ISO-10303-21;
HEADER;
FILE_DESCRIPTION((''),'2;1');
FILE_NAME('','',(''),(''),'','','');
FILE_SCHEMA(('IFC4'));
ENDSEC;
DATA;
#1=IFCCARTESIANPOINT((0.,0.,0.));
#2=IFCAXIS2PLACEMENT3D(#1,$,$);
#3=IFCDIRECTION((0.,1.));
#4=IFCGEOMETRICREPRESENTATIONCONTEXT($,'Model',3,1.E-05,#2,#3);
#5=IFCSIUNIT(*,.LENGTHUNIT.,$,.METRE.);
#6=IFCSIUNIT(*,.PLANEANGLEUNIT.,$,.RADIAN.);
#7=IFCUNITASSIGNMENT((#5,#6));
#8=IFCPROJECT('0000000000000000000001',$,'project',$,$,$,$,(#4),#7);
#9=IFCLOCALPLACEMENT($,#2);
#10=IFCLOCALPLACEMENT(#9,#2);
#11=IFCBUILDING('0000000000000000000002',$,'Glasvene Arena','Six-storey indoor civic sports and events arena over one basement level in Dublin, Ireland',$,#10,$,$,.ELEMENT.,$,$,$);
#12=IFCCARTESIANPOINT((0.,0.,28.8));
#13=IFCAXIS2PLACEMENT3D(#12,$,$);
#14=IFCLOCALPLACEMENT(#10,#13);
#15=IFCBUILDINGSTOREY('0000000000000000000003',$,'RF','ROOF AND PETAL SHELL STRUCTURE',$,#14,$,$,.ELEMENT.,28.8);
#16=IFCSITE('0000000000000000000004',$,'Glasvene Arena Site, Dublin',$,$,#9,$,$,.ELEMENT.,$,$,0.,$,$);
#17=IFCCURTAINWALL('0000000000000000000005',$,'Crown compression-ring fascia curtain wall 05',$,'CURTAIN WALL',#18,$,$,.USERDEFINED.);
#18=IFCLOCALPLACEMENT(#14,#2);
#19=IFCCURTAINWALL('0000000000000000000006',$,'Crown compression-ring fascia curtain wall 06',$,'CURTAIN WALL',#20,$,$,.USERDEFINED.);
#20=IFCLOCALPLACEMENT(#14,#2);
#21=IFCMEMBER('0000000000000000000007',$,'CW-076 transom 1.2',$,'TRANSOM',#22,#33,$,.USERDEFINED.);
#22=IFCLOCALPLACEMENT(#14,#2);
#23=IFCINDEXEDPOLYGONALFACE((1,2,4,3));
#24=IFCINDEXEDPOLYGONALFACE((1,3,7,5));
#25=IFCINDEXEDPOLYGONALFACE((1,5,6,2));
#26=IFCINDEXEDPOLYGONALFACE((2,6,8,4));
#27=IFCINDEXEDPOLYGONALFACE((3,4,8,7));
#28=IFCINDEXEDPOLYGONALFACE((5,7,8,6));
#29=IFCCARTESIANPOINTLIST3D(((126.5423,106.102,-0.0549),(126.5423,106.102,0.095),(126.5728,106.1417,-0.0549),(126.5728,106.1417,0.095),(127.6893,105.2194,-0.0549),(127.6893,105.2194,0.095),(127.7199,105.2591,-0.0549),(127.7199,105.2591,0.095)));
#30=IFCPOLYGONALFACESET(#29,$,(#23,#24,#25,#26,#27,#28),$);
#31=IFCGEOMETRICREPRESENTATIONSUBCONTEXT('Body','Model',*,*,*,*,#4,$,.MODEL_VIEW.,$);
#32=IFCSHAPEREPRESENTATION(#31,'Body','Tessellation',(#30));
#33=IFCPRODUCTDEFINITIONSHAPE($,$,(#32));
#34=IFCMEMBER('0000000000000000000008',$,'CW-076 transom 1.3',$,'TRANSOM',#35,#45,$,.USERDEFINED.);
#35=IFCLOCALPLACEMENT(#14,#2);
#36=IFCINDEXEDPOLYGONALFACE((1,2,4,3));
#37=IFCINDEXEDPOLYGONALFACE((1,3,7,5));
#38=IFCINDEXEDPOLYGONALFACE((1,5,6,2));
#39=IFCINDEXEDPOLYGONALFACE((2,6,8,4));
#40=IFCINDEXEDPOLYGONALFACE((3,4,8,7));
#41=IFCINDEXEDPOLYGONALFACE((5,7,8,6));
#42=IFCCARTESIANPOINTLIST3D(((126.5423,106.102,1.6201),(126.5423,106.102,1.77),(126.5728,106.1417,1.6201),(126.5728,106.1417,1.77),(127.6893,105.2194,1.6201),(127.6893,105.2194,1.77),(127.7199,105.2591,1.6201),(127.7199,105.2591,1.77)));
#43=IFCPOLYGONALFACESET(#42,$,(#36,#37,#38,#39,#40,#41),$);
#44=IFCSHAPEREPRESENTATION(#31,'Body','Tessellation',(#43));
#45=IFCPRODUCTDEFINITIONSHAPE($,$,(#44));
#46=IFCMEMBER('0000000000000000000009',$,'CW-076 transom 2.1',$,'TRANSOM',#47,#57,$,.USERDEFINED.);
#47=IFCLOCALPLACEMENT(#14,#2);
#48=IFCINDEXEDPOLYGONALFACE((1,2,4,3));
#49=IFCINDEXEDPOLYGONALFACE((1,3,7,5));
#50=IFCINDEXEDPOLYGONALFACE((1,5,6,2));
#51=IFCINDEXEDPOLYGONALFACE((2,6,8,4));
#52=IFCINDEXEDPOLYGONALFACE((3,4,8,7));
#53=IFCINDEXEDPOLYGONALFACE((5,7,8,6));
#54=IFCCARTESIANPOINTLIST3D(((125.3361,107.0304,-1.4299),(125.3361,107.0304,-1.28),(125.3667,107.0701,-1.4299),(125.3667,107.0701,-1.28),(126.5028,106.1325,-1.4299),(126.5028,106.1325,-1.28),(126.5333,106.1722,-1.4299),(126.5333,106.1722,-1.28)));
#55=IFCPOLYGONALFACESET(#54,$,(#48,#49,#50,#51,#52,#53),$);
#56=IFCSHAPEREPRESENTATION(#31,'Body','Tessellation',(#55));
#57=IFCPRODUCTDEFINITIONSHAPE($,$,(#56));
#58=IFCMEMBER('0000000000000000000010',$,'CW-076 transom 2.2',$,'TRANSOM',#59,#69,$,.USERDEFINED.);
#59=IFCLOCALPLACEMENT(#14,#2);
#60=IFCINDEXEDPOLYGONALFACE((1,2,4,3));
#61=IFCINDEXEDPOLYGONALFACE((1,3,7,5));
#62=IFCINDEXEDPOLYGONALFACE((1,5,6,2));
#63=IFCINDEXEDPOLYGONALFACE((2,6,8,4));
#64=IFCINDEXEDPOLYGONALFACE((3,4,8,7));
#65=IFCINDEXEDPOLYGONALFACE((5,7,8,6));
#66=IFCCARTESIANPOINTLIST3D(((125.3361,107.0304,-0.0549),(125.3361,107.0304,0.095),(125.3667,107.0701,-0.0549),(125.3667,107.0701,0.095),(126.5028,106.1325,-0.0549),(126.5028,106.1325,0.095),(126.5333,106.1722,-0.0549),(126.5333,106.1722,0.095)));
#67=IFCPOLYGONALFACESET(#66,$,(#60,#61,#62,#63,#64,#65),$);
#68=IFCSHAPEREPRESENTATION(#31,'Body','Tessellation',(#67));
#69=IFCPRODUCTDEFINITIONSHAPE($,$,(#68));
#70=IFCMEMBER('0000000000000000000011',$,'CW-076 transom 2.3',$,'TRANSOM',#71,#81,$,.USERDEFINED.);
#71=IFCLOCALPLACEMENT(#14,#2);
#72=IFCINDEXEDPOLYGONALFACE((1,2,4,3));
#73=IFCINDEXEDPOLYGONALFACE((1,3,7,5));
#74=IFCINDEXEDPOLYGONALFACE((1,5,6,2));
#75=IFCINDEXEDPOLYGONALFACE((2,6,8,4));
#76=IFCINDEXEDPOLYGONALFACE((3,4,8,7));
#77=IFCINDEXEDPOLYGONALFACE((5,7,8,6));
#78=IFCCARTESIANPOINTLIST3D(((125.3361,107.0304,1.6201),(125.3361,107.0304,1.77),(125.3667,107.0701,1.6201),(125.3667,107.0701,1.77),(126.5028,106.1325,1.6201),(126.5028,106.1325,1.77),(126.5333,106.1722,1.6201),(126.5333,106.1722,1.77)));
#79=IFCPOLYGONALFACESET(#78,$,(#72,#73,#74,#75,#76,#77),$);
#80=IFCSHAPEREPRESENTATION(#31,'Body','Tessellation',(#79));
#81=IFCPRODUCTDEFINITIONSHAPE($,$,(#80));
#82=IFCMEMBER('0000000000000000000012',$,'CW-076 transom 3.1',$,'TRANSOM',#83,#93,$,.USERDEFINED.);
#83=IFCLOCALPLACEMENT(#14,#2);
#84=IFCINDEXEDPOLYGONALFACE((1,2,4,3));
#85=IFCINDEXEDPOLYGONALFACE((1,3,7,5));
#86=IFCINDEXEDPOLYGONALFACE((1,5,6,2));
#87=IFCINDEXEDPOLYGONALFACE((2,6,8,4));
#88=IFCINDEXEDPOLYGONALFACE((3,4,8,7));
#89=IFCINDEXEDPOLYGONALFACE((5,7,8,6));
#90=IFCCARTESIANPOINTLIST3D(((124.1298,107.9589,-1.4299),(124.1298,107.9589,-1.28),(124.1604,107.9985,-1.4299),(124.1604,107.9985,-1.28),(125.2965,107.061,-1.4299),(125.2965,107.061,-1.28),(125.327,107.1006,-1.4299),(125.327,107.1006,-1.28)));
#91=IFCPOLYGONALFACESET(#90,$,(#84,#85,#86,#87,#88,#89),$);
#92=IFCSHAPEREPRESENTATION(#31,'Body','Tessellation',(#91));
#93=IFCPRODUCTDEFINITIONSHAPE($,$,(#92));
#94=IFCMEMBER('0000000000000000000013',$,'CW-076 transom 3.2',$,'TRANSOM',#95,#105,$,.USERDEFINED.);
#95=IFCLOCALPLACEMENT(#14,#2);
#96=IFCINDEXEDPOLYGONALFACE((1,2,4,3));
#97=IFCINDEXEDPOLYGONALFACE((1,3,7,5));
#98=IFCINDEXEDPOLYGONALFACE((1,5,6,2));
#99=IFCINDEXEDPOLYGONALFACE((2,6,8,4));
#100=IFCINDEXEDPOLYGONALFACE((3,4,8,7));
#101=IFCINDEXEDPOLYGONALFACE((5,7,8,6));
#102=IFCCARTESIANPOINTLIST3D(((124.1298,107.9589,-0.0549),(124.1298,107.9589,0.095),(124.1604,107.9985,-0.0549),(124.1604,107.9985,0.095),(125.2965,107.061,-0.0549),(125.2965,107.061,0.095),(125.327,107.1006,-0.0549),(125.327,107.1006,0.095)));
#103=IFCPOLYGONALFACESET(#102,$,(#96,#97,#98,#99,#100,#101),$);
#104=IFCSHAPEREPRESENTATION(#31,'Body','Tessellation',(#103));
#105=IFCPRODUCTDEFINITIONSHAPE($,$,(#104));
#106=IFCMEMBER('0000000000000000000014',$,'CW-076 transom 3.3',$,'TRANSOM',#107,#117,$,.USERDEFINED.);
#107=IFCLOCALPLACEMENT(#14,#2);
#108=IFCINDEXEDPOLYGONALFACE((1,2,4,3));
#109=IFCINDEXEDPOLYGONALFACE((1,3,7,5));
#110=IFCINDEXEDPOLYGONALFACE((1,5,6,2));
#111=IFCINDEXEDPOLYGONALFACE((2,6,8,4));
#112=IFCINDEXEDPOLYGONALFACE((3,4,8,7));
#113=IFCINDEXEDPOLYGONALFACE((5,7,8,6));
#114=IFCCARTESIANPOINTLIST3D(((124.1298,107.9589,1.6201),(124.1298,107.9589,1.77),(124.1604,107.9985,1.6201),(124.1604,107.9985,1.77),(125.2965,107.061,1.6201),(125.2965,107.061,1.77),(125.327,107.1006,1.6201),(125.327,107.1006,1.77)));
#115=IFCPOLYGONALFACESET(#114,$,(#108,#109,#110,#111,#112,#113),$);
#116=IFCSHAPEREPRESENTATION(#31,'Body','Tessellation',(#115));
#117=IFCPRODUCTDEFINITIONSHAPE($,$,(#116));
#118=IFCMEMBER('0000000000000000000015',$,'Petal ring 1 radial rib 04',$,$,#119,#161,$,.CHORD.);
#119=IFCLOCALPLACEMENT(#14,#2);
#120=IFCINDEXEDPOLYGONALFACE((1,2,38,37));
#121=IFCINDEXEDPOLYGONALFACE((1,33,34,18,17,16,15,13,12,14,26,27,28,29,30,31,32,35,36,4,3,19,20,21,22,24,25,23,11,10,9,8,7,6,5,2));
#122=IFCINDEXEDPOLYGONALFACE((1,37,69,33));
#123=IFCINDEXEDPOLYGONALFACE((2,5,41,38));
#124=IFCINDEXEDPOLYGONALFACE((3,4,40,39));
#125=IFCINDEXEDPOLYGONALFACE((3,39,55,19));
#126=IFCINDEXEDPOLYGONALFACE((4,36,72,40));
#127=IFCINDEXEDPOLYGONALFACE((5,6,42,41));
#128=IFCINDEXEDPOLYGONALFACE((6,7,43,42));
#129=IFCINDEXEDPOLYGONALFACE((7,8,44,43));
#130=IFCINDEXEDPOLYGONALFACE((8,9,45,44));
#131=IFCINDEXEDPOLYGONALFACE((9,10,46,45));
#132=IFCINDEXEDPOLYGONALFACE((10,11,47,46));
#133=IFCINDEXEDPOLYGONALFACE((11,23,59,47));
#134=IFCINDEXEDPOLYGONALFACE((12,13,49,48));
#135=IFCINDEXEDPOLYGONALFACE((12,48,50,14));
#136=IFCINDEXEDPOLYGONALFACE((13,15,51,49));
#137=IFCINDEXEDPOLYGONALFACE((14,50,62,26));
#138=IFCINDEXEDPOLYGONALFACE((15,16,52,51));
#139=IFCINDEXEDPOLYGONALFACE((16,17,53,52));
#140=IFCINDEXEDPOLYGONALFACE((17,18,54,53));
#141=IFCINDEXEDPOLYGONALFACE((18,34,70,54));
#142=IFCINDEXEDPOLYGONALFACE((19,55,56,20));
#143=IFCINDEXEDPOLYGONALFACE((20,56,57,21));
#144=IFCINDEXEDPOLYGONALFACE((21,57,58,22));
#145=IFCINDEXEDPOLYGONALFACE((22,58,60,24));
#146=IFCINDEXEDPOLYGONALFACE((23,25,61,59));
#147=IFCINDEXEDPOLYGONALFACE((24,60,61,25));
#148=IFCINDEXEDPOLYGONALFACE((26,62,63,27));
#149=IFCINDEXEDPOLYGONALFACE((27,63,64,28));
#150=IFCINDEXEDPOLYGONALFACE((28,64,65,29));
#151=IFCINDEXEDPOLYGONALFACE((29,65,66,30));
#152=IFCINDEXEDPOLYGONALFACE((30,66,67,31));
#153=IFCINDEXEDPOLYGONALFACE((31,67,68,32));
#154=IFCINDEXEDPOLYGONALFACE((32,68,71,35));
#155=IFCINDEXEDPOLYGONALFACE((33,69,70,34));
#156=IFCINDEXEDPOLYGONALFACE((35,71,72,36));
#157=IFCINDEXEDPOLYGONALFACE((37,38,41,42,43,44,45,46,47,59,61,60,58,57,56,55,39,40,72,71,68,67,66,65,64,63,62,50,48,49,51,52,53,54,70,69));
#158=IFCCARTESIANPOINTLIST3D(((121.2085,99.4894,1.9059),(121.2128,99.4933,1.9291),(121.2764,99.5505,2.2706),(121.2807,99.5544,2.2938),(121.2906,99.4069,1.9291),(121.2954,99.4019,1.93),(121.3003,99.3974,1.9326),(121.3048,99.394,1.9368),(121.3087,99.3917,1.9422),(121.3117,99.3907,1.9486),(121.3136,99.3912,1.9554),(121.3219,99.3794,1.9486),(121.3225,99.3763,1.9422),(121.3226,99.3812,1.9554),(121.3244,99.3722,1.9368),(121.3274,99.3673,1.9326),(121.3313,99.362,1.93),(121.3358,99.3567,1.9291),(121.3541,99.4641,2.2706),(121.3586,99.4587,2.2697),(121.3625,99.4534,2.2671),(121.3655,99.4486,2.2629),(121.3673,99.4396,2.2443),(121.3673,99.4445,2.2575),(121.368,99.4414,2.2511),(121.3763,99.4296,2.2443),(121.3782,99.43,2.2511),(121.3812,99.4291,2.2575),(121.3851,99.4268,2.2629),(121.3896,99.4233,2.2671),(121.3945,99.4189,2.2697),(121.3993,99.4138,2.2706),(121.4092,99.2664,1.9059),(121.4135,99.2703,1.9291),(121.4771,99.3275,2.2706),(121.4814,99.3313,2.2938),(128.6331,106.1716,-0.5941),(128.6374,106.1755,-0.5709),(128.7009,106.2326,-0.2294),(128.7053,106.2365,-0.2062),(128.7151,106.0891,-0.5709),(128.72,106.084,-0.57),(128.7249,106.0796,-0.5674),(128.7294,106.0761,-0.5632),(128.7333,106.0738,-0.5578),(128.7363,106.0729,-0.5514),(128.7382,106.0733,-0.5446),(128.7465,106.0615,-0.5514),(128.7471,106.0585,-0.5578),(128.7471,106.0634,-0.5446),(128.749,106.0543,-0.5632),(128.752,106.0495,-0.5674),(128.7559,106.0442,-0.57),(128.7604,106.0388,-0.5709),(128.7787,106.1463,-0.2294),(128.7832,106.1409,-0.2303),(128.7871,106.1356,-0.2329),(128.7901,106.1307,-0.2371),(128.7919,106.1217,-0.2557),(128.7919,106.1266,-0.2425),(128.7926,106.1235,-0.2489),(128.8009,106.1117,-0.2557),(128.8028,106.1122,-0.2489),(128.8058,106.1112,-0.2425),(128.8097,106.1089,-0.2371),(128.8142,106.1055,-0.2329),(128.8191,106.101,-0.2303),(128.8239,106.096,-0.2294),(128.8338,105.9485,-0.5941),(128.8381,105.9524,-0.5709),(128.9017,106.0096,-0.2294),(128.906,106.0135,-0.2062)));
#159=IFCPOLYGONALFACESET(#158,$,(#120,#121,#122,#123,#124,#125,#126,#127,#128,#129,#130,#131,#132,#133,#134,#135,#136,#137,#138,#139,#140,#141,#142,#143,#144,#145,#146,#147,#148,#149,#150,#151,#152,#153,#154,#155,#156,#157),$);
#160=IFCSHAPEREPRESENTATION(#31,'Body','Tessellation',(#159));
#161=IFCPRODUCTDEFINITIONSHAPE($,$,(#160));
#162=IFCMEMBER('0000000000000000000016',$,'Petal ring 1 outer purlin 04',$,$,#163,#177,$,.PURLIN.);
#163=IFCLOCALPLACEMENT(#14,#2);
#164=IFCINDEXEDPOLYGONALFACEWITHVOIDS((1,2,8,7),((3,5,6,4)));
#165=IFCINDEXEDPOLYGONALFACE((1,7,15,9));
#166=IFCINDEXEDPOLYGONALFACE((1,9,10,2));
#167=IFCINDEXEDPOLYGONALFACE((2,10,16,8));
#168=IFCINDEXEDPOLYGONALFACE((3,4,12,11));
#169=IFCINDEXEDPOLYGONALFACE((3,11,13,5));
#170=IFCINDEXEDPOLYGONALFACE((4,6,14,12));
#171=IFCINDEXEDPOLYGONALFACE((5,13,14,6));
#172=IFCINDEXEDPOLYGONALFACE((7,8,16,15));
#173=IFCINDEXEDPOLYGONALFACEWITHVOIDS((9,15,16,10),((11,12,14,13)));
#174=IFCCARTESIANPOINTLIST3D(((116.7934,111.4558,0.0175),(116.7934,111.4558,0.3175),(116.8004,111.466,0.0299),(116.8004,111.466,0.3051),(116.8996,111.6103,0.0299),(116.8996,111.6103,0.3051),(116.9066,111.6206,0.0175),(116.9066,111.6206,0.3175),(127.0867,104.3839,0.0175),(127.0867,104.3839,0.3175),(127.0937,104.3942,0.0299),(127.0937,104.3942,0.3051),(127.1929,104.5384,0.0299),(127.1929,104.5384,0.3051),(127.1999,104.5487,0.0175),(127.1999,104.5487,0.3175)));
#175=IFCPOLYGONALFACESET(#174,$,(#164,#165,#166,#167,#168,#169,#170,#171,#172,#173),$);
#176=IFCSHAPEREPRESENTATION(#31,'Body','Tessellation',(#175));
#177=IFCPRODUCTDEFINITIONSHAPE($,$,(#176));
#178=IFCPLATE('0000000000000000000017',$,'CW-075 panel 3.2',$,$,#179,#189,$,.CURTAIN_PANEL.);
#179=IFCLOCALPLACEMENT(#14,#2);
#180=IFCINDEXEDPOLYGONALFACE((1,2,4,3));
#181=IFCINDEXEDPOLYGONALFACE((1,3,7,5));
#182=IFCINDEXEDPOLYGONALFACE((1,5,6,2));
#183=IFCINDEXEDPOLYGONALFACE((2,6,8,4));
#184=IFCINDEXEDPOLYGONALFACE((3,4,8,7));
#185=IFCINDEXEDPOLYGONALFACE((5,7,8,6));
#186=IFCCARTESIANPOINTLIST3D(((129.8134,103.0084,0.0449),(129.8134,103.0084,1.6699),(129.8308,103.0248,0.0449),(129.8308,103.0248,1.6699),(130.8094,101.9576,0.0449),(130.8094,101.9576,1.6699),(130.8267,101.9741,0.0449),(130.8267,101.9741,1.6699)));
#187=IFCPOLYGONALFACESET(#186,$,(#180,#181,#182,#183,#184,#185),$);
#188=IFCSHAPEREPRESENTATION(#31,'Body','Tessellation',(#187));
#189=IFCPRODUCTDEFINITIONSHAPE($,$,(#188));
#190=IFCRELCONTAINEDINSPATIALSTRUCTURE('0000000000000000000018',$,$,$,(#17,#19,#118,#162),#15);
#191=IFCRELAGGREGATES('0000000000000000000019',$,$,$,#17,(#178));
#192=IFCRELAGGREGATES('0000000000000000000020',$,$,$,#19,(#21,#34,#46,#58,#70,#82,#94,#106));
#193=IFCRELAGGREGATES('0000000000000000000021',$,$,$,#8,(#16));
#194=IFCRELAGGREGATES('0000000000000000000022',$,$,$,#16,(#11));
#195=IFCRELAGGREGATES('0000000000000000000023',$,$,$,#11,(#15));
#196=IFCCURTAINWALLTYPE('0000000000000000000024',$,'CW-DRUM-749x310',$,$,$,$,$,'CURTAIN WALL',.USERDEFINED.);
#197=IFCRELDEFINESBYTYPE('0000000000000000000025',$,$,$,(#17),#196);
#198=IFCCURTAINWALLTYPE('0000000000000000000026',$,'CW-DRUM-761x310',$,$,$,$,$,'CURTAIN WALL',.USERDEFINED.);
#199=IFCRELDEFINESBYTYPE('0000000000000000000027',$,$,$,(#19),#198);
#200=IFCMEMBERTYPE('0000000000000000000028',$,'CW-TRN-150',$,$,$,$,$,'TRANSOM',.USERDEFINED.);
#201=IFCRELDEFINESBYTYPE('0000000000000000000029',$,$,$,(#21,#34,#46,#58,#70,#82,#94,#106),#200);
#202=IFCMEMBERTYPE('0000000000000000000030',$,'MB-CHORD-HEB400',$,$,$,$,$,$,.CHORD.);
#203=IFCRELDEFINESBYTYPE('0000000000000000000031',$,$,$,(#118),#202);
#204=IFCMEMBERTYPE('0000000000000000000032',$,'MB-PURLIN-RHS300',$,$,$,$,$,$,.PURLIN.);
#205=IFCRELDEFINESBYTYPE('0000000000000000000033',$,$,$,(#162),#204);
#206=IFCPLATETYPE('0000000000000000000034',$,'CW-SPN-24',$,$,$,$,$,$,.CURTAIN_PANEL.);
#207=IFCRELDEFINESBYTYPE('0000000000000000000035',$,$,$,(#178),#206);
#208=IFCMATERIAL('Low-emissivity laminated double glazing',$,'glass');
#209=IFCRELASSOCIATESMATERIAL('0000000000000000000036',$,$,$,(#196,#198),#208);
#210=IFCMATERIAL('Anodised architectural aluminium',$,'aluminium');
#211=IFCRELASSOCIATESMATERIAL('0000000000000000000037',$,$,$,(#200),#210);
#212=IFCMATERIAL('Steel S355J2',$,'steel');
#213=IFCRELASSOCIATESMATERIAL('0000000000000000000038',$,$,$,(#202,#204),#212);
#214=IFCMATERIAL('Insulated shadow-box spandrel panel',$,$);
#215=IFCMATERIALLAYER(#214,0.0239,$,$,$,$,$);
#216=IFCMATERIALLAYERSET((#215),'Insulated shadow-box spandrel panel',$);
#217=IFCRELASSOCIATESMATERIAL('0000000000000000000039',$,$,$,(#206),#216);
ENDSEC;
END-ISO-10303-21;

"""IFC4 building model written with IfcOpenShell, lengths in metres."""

from ifc_helpers import new_model, si_unit, direction, frame, origin, origin_2d, place, context, subcontext, project, spatial, rectangle, hollow_rectangle, i_section, extrude, material, layer, layer_set, material_profile, profile_set, type_object, element, aggregate, save


model = new_model("IFC4")

# Units and contexts
model_context = context("Model", 3, precision=1e-05, world=origin(), true_north=direction((0.0, 1.0)))
body_context = subcontext(model_context, "Body", "Model", "MODEL_VIEW")
ifc_project = project(units=[si_unit("LENGTHUNIT", "METRE"), si_unit("PLANEANGLEUNIT", "RADIAN")], contexts=[model_context])

# Site, building, storey
site_placement = place(None, origin())
site = spatial("IfcSite", under=ifc_project, at=site_placement, Name="Glasvene Arena Site, Dublin", CompositionType="ELEMENT", RefElevation=0.0)
building_placement = place(site_placement, origin())
building = spatial("IfcBuilding", under=site, at=building_placement, Name="Glasvene Arena", Description="Six-storey indoor civic sports and events arena over one basement level in Dublin, Ireland", CompositionType="ELEMENT")
storey_placement = place(building_placement, frame((0.0, 0.0, 28.8)))
storey = spatial("IfcBuildingStorey", under=building, at=storey_placement, Name="RF", Description="ROOF AND PETAL SHELL STRUCTURE", CompositionType="ELEMENT", Elevation=28.8)

# Shared definitions
ifc_material_1 = material(Name="Steel S355J2", Category="steel")

# Curtain walls
ifc_material_2 = material(Name="Low-emissivity laminated double glazing", Category="glass")
curtain_wall_type_1 = type_object("IfcCurtainWallType", Name="CW-DRUM-749x310", ElementType="CURTAIN WALL", PredefinedType="USERDEFINED", material=ifc_material_2)
curtain_wall_1_placement = place(storey_placement, frame((132.8958, 99.7737, 0.0)))
curtain_wall_1 = element("IfcCurtainWall", 1, at=curtain_wall_1_placement, inside=storey, type_object=curtain_wall_type_1, Name="Crown compression-ring fascia curtain wall 05", ObjectType="CURTAIN WALL", PredefinedType="USERDEFINED")
ifc_material_3 = material(Name="Anodised architectural aluminium", Category="aluminium")
curtain_wall_type_2 = type_object("IfcCurtainWallType", Name="CW-DRUM-761x310", ElementType="CURTAIN WALL", PredefinedType="USERDEFINED", material=ifc_material_2)
curtain_wall_2_placement = place(storey_placement, frame((127.7441, 105.2087, 0.0)))
curtain_wall_2 = element("IfcCurtainWall", 2, at=curtain_wall_2_placement, inside=storey, type_object=curtain_wall_type_2, Name="Crown compression-ring fascia curtain wall 06", ObjectType="CURTAIN WALL", PredefinedType="USERDEFINED")

# Members
ifc_material_profile_1 = material_profile(ifc_material_3, rectangle(XDim=0.05, YDim=0.1499, at=origin_2d()), Name="ALU TRANSOM 50x150")
ifc_profile_set_1 = profile_set([ifc_material_profile_1], Name="Anodised architectural aluminium")
member_type_1 = type_object("IfcMemberType", Name="CW-TRN-150", ElementType="TRANSOM", PredefinedType="USERDEFINED", material=ifc_profile_set_1)
member_1_placement = place(storey_placement, frame((127.7046, 105.2393, 0.02), z_axis=(-0.79253, 0.609833, 0.0), x_axis=(-0.609833, -0.79253, 0.0)))
member_1 = element("IfcMember", 3, at=member_1_placement, type_object=member_type_1, Name="CW-076 transom 1.2", ObjectType="TRANSOM", PredefinedType="USERDEFINED", context=body_context, shape_type="SweptSolid", body=[
    extrude(rectangle(XDim=0.05, YDim=0.1499, at=origin_2d()), origin(), (0.0, 0.0, 1.0), 1.4473),
])
member_2_placement = place(storey_placement, frame((127.7046, 105.2393, 1.6951), z_axis=(-0.79253, 0.609833, 0.0), x_axis=(-0.609833, -0.79253, 0.0)))
member_2 = element("IfcMember", 4, at=member_2_placement, type_object=member_type_1, Name="CW-076 transom 1.3", ObjectType="TRANSOM", PredefinedType="USERDEFINED", context=body_context, shape_type="SweptSolid", body=[
    extrude(rectangle(XDim=0.05, YDim=0.1499, at=origin_2d()), origin(), (0.0, 0.0, 1.0), 1.4473),
])
member_3_placement = place(storey_placement, frame((126.5181, 106.1523, -1.355), z_axis=(-0.792476, 0.609903, 0.0), x_axis=(-0.609903, -0.792476, 0.0)))
member_3 = element("IfcMember", 5, at=member_3_placement, type_object=member_type_1, Name="CW-076 transom 2.1", ObjectType="TRANSOM", PredefinedType="USERDEFINED", context=body_context, shape_type="SweptSolid", body=[
    extrude(rectangle(XDim=0.05, YDim=0.1499, at=origin_2d()), origin(), (0.0, 0.0, 1.0), 1.4722),
])
member_4_placement = place(storey_placement, frame((126.5181, 106.1523, 0.02), z_axis=(-0.792476, 0.609903, 0.0), x_axis=(-0.609903, -0.792476, 0.0)))
member_4 = element("IfcMember", 6, at=member_4_placement, type_object=member_type_1, Name="CW-076 transom 2.2", ObjectType="TRANSOM", PredefinedType="USERDEFINED", context=body_context, shape_type="SweptSolid", body=[
    extrude(rectangle(XDim=0.05, YDim=0.1499, at=origin_2d()), origin(), (0.0, 0.0, 1.0), 1.4722),
])
member_5_placement = place(storey_placement, frame((126.5181, 106.1523, 1.6951), z_axis=(-0.792476, 0.609903, 0.0), x_axis=(-0.609903, -0.792476, 0.0)))
member_5 = element("IfcMember", 7, at=member_5_placement, type_object=member_type_1, Name="CW-076 transom 2.3", ObjectType="TRANSOM", PredefinedType="USERDEFINED", context=body_context, shape_type="SweptSolid", body=[
    extrude(rectangle(XDim=0.05, YDim=0.1499, at=origin_2d()), origin(), (0.0, 0.0, 1.0), 1.4722),
])
member_6_placement = place(storey_placement, frame((125.3118, 107.0808, -1.355), z_axis=(-0.792476, 0.609903, 0.0), x_axis=(-0.609903, -0.792476, 0.0)))
member_6 = element("IfcMember", 8, at=member_6_placement, type_object=member_type_1, Name="CW-076 transom 3.1", ObjectType="TRANSOM", PredefinedType="USERDEFINED", context=body_context, shape_type="SweptSolid", body=[
    extrude(rectangle(XDim=0.05, YDim=0.1499, at=origin_2d()), origin(), (0.0, 0.0, 1.0), 1.4722),
])
member_7_placement = place(storey_placement, frame((125.3118, 107.0808, 0.02), z_axis=(-0.792476, 0.609903, 0.0), x_axis=(-0.609903, -0.792476, 0.0)))
member_7 = element("IfcMember", 9, at=member_7_placement, type_object=member_type_1, Name="CW-076 transom 3.2", ObjectType="TRANSOM", PredefinedType="USERDEFINED", context=body_context, shape_type="SweptSolid", body=[
    extrude(rectangle(XDim=0.05, YDim=0.1499, at=origin_2d()), origin(), (0.0, 0.0, 1.0), 1.4722),
])
member_8_placement = place(storey_placement, frame((125.3118, 107.0808, 1.6951), z_axis=(-0.792476, 0.609903, 0.0), x_axis=(-0.609903, -0.792476, 0.0)))
member_8 = element("IfcMember", 10, at=member_8_placement, type_object=member_type_1, Name="CW-076 transom 3.3", ObjectType="TRANSOM", PredefinedType="USERDEFINED", context=body_context, shape_type="SweptSolid", body=[
    extrude(rectangle(XDim=0.05, YDim=0.1499, at=origin_2d()), origin(), (0.0, 0.0, 1.0), 1.4722),
])

# Members
ifc_material_profile_2 = material_profile(ifc_material_1, i_section(OverallWidth=0.3, OverallDepth=0.3999, WebThickness=0.0134, FlangeThickness=0.0239, FilletRadius=0.0271, at=origin_2d()), Name="HEB 400")
ifc_profile_set_2 = profile_set([ifc_material_profile_2], Name="Steel S355J2")
member_type_2 = type_object("IfcMemberType", Name="MB-CHORD-HEB400", PredefinedType="CHORD", material=ifc_profile_set_2)
member_9_placement = place(storey_placement, frame((128.7695, 106.0925, -0.4001), z_axis=(-0.721052, -0.648949, 0.242793), x_axis=(0.668966, -0.743293, 0.0)))
element("IfcMember", 11, at=member_9_placement, inside=storey, type_object=member_type_2, Name="Petal ring 1 radial rib 04", PredefinedType="CHORD", context=body_context, shape_type="SweptSolid", body=[
    extrude(i_section(OverallWidth=0.3, OverallDepth=0.3999, WebThickness=0.0134, FlangeThickness=0.0239, FilletRadius=0.0271, at=origin_2d()), origin(), (0.0, 0.0, 1.0), 10.2969),
])
ifc_material_profile_3 = material_profile(ifc_material_1, hollow_rectangle(XDim=0.2, YDim=0.3, WallThickness=0.0125, at=origin_2d()), Name="RHS 300x200x12.5")
ifc_profile_set_3 = profile_set([ifc_material_profile_3], Name="Steel S355J2")
member_type_3 = type_object("IfcMemberType", Name="MB-PURLIN-RHS300", PredefinedType="PURLIN", material=ifc_profile_set_3)
member_10_placement = place(storey_placement, frame((127.1433, 104.4663, 0.1675), z_axis=(-0.824222, 0.566267, 0.0), x_axis=(-0.566267, -0.824222, 0.0)))
element("IfcMember", 12, at=member_10_placement, inside=storey, type_object=member_type_3, Name="Petal ring 1 outer purlin 04", PredefinedType="PURLIN", context=body_context, shape_type="SweptSolid", body=[
    extrude(hollow_rectangle(XDim=0.2, YDim=0.3, WallThickness=0.0125, at=origin_2d()), origin(), (0.0, 0.0, 1.0), 12.4885),
])

# Plate
ifc_material_4 = material(Name="Insulated shadow-box spandrel panel")
ifc_layer_1 = layer(ifc_material_4, 0.0239)
ifc_layer_set_1 = layer_set([ifc_layer_1], Name="Insulated shadow-box spandrel panel")
plate_type_1 = type_object("IfcPlateType", Name="CW-SPN-24", PredefinedType="CURTAIN_PANEL", material=ifc_layer_set_1)
plate_1_placement = place(storey_placement, frame((130.3201, 102.4912, 0.0449), z_axis=(0.0, 0.0, 1.0), x_axis=(-0.687925, 0.725782, 0.0)))
plate_1 = element("IfcPlate", 13, at=plate_1_placement, type_object=plate_type_1, Name="CW-075 panel 3.2", PredefinedType="CURTAIN_PANEL", context=body_context, shape_type="SweptSolid", body=[
    extrude(rectangle(XDim=1.4478, YDim=0.0239, at=origin_2d()), origin(), (0.0, 0.0, 1.0), 1.625),
])
aggregate(curtain_wall_1, [plate_1])
aggregate(curtain_wall_2, [member_1, member_2, member_3, member_4, member_5, member_6, member_7, member_8])

save(model, "model.ifc")
